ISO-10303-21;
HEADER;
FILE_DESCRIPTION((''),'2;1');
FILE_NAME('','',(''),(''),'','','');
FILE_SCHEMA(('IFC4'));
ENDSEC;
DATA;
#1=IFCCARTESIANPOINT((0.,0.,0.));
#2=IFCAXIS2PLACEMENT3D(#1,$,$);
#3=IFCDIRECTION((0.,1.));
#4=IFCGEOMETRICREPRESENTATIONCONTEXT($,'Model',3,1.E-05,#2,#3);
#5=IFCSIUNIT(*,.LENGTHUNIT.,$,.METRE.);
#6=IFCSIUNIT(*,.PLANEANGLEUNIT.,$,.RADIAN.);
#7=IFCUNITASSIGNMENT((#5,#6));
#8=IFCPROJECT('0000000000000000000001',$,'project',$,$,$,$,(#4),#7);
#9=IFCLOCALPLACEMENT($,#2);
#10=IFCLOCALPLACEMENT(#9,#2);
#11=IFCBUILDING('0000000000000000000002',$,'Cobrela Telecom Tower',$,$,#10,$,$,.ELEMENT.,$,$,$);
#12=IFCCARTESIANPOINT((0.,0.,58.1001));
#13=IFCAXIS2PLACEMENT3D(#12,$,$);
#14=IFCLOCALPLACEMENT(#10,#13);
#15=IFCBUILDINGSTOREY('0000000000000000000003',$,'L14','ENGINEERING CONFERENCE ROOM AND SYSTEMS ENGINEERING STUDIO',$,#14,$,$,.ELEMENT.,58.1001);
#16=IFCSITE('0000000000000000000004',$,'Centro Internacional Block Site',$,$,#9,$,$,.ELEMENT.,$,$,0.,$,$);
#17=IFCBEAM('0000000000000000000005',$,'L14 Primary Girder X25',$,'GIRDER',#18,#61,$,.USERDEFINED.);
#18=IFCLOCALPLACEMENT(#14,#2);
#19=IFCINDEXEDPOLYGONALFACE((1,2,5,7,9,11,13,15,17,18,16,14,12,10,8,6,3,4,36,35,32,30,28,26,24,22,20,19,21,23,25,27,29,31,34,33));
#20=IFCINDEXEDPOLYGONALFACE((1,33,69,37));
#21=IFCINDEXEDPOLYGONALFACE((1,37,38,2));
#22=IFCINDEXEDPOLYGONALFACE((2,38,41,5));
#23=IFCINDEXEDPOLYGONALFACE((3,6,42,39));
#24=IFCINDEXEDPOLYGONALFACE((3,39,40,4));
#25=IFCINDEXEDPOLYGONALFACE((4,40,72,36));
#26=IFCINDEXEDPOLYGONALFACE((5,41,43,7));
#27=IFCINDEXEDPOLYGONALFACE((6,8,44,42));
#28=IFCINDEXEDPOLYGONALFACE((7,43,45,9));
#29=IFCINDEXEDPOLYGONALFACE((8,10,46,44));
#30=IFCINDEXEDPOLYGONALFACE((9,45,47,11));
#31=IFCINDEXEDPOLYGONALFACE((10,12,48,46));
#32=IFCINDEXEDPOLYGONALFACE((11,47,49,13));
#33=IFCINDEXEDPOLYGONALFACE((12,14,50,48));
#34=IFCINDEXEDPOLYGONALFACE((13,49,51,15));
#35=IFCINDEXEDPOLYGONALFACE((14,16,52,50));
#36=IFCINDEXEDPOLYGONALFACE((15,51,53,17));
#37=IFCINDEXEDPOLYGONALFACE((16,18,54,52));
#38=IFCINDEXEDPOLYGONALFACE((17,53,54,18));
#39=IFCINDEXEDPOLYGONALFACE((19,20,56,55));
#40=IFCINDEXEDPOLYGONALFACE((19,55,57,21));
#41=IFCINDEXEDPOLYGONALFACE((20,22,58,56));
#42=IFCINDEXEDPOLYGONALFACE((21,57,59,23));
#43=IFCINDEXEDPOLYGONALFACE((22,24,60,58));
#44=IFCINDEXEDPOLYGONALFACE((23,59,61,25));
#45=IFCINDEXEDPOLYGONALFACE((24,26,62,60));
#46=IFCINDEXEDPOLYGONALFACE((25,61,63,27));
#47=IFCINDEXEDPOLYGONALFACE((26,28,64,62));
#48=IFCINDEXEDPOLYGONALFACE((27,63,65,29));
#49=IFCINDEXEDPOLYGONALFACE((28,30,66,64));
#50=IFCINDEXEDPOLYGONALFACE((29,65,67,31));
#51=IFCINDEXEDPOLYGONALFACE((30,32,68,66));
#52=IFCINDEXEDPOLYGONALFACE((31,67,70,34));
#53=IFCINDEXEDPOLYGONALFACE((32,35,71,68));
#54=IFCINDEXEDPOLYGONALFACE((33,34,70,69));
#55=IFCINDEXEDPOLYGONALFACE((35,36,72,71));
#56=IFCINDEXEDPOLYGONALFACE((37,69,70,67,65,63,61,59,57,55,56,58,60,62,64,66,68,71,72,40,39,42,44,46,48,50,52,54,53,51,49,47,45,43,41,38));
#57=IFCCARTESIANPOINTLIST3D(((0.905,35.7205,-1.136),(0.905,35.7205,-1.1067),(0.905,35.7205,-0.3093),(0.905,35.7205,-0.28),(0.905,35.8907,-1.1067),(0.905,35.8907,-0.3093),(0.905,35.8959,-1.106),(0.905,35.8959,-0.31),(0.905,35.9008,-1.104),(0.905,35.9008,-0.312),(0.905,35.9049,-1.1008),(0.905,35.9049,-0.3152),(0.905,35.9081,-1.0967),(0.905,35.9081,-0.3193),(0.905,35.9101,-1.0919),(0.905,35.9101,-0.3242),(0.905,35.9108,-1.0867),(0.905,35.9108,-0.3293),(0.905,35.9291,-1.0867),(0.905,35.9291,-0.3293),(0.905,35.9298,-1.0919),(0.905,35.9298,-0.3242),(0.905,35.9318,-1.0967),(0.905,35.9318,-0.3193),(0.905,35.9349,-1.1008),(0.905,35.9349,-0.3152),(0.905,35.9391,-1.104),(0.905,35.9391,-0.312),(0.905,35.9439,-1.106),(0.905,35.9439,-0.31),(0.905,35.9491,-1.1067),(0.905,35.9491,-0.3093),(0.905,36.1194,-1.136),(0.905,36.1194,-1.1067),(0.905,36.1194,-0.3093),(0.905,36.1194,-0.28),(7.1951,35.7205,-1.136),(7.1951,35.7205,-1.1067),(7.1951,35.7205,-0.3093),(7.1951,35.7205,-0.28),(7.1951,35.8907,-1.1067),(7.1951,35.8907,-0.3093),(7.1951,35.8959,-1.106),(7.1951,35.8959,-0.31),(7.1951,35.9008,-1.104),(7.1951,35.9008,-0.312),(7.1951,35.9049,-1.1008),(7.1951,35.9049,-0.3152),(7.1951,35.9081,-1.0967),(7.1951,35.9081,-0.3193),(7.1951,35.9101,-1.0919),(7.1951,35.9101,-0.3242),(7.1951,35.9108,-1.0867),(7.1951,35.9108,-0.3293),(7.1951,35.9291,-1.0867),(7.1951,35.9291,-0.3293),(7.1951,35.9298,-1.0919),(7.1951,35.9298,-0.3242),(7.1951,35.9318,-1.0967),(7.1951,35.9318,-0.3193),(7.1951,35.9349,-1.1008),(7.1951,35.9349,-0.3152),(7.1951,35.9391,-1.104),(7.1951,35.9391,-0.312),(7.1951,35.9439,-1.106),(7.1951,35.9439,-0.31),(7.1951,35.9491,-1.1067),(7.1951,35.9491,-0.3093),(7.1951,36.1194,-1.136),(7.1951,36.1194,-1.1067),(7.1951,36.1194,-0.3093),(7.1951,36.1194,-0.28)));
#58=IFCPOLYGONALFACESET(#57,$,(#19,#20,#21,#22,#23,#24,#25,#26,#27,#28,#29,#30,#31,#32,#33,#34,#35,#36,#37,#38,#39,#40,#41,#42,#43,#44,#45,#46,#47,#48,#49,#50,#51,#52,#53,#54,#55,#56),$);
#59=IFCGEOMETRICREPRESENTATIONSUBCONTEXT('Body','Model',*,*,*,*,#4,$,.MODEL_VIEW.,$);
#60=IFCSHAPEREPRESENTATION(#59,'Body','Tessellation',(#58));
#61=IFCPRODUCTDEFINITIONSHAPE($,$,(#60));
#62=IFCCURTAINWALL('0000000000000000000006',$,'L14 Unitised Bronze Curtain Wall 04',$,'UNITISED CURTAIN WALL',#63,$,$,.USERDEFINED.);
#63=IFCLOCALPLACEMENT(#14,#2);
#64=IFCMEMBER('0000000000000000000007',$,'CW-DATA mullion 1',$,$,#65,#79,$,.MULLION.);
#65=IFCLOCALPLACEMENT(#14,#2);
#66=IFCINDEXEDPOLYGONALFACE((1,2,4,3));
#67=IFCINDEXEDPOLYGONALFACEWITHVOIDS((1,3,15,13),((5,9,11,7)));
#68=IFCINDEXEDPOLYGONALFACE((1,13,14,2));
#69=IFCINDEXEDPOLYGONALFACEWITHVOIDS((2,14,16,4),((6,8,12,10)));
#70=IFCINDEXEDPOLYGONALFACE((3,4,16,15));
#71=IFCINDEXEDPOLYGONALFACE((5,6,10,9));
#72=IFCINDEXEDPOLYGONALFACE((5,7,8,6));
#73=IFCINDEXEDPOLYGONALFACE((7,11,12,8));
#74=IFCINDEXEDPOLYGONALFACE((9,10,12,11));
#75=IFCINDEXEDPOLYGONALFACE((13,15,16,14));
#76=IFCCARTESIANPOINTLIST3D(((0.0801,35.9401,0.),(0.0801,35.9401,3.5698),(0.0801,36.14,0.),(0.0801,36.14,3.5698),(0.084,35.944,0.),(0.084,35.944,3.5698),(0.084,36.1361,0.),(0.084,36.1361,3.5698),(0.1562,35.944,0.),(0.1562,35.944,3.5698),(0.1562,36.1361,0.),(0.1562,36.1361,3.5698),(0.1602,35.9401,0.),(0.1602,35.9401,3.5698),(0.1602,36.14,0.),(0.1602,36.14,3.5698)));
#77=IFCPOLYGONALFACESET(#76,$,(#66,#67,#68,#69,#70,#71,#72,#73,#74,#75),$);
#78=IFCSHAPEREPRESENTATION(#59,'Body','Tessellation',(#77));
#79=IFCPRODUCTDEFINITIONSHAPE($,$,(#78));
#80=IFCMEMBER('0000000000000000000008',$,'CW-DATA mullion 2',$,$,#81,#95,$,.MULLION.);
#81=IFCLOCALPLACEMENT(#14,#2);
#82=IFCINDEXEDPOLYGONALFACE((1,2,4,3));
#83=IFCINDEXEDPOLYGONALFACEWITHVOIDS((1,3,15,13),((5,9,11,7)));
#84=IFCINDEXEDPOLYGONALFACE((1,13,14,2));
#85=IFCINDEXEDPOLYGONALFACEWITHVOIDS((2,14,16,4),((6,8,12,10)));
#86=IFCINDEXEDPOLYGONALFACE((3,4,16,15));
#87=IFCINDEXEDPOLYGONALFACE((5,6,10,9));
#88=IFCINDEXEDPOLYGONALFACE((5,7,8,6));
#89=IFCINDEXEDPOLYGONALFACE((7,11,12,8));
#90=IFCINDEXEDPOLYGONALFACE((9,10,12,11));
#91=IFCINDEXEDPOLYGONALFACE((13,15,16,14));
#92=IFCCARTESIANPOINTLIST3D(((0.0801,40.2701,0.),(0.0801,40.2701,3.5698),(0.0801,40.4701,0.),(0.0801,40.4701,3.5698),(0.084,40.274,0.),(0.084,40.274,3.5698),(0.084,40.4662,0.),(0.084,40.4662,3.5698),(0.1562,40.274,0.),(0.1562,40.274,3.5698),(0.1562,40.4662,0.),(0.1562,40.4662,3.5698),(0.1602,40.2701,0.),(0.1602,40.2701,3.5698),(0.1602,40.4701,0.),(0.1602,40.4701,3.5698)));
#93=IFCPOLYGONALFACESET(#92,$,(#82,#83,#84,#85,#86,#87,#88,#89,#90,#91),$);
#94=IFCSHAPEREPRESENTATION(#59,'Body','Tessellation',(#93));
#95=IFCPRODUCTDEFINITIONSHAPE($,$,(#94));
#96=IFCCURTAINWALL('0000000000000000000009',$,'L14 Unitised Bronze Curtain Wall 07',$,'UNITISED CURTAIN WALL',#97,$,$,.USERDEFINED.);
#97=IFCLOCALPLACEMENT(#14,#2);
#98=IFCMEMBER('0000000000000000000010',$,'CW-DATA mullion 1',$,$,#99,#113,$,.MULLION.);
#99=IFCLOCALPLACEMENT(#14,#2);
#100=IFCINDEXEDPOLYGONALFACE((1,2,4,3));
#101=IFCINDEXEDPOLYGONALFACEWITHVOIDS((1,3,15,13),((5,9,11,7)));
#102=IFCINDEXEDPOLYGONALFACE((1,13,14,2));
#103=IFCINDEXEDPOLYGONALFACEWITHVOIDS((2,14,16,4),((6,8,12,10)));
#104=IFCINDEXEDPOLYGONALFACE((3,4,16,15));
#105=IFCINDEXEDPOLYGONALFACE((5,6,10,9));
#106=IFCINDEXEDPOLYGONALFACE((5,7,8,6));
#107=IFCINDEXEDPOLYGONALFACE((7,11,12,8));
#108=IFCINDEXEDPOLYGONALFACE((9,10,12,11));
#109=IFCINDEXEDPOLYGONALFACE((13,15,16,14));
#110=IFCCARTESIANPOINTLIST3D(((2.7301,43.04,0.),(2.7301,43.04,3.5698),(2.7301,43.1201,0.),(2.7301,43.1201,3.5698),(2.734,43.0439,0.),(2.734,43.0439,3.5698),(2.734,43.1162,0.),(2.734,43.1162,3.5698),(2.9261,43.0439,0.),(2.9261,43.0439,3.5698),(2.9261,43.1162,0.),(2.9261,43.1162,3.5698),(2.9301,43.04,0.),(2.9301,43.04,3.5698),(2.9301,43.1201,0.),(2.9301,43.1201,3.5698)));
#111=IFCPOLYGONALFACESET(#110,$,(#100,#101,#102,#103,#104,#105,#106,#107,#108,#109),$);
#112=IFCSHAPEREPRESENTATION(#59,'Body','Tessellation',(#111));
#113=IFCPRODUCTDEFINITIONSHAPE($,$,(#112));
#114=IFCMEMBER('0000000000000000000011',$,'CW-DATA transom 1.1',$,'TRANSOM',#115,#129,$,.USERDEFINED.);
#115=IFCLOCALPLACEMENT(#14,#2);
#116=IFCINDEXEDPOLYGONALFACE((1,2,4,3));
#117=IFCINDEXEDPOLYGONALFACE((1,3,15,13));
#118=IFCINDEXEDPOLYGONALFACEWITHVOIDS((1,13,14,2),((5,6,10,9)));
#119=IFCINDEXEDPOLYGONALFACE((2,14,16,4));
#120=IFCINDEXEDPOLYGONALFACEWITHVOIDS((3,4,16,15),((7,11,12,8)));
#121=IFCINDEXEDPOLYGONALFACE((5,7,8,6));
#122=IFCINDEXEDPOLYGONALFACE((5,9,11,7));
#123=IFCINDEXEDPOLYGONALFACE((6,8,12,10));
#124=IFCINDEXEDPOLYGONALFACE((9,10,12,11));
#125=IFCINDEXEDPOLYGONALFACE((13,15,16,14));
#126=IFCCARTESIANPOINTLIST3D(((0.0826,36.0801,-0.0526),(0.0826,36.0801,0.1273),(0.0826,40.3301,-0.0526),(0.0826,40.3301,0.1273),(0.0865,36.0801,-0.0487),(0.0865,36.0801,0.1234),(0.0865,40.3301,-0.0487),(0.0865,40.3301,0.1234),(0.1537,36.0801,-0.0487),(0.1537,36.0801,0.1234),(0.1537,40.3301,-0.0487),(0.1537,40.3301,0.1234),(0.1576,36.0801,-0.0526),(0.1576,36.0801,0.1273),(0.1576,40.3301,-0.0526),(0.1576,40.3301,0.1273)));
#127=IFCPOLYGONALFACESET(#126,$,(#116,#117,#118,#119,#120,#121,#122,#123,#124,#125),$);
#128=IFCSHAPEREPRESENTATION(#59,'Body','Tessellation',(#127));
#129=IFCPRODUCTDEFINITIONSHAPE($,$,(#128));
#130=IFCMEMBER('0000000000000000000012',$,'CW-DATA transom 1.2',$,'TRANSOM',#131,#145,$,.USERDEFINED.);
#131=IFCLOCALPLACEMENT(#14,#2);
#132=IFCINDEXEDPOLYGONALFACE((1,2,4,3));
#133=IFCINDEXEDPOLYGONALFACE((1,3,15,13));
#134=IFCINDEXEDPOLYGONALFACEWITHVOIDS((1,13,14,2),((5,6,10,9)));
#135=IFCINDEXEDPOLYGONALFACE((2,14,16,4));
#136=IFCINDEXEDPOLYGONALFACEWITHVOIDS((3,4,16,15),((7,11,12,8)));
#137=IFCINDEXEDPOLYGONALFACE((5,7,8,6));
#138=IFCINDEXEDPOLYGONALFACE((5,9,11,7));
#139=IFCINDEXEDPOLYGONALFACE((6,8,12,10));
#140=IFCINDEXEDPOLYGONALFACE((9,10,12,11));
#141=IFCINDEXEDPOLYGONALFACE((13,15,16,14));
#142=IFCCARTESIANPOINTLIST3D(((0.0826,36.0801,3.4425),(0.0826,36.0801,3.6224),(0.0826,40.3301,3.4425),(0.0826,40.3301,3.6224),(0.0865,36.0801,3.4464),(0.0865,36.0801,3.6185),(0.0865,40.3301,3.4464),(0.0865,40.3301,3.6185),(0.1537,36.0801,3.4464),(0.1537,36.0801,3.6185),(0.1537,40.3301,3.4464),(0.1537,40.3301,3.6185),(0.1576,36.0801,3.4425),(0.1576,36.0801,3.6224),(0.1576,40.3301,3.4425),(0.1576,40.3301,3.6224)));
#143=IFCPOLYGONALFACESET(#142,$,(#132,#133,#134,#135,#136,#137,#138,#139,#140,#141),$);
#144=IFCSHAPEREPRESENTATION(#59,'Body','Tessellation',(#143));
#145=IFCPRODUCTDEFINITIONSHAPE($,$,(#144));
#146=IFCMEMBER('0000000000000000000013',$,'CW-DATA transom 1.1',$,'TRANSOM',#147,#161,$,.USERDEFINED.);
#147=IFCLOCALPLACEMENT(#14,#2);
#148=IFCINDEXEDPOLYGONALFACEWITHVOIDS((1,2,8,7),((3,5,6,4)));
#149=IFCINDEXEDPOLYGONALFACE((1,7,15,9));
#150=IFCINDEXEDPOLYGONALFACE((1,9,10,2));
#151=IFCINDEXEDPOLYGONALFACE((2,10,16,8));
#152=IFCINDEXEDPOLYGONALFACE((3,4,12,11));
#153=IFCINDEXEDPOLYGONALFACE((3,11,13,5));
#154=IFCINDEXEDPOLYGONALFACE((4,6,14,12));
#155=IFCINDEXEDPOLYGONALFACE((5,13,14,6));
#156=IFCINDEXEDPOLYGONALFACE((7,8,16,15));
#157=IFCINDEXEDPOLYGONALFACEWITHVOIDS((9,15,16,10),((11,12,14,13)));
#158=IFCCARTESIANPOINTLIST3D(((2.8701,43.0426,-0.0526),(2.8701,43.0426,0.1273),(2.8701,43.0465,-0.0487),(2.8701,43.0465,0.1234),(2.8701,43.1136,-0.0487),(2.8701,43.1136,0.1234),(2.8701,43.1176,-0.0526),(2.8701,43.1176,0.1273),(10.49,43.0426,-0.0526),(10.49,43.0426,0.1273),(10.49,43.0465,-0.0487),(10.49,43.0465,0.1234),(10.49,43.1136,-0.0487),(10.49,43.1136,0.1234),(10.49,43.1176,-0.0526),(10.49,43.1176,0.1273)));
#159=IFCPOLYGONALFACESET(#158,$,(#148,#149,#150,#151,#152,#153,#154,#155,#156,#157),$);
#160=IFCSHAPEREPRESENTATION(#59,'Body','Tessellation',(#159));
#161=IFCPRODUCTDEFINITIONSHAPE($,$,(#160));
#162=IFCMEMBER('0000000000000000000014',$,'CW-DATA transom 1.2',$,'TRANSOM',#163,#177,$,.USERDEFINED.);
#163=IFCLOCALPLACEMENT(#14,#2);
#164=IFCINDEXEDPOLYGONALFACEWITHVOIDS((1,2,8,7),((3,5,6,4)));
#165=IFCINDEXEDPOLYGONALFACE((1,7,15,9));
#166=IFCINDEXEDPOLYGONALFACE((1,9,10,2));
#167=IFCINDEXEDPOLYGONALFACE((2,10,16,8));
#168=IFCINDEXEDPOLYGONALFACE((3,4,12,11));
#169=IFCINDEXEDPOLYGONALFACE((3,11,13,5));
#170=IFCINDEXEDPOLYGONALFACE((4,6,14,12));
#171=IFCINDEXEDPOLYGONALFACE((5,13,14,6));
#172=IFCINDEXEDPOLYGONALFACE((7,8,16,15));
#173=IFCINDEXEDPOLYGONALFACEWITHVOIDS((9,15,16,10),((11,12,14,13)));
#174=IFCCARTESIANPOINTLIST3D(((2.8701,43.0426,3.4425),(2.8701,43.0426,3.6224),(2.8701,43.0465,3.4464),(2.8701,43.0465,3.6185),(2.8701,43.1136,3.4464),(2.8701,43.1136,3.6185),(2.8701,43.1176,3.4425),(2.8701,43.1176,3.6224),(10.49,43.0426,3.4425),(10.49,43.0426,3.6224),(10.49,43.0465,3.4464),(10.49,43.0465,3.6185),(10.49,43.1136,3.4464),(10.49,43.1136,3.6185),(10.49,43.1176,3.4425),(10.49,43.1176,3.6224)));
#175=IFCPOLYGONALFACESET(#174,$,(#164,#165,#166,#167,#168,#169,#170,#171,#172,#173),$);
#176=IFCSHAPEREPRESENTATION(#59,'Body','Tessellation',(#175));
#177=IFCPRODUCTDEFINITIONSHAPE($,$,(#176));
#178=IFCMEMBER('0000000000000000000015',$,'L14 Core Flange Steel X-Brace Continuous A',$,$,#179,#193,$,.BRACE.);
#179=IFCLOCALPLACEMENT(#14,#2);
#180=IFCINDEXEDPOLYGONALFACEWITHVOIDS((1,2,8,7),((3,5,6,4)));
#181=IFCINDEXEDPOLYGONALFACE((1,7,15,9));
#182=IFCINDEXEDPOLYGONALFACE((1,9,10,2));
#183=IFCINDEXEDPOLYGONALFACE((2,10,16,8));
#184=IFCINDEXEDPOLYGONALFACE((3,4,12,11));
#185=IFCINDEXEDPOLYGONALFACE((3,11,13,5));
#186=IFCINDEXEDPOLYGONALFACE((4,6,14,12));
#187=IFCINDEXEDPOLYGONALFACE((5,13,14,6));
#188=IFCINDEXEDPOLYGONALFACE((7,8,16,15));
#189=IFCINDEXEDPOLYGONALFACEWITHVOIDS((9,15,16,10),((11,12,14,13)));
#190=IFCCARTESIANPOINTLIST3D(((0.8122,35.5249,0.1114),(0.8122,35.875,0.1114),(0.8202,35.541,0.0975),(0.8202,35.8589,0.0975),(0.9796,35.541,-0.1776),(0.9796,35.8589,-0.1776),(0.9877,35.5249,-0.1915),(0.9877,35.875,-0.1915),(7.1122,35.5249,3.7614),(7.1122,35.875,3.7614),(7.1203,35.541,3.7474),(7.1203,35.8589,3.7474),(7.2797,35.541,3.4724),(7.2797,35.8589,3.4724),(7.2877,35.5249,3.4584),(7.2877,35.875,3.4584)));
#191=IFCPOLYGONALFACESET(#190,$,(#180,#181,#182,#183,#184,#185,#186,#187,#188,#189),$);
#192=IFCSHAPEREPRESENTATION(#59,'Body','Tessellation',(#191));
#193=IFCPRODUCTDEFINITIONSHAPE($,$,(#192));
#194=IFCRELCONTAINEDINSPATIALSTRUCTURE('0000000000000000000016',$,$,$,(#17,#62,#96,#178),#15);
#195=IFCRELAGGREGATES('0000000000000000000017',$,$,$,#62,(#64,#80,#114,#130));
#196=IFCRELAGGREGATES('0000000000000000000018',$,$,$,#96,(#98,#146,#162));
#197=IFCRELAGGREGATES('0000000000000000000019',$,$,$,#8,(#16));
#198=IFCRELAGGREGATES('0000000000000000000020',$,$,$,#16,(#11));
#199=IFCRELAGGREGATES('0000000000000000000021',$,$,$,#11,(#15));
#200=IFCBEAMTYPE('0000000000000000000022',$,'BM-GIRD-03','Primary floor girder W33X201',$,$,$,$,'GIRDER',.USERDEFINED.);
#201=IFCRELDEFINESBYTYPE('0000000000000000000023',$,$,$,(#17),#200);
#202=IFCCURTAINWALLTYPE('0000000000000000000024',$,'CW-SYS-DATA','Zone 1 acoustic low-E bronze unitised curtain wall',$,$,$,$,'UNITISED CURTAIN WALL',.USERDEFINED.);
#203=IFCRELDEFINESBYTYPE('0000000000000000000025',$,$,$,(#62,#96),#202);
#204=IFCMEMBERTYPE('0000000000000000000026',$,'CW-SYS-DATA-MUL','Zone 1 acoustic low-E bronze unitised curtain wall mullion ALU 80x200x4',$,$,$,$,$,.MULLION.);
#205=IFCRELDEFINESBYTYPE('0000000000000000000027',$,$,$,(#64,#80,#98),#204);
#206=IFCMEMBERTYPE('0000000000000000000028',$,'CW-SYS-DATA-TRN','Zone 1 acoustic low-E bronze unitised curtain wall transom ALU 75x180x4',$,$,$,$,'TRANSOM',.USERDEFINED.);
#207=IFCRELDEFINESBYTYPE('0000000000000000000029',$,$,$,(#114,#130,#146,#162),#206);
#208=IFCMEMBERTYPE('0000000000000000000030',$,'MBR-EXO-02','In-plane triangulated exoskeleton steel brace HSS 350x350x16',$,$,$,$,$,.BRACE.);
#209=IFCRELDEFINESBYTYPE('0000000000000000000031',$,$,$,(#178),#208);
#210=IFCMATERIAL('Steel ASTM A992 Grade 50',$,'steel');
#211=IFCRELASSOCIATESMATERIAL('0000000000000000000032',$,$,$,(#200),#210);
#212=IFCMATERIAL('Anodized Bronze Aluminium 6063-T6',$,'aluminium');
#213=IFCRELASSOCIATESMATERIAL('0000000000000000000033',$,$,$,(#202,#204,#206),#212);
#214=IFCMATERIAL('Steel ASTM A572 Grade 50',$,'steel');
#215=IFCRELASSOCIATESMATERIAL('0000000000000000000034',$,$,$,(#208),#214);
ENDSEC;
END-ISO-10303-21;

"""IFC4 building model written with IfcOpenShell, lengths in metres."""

from ifc_helpers import new_model, si_unit, direction, frame, origin, origin_2d, place, context, subcontext, project, spatial, hollow_rectangle, i_section, extrude, material, material_profile, profile_set, type_object, element, aggregate, save


model = new_model("IFC4")

# Units and contexts
model_context = context("Model", 3, precision=1e-05, world=origin(), true_north=direction((0.0, 1.0)))
body_context = subcontext(model_context, "Body", "Model", "MODEL_VIEW")
ifc_project = project(units=[si_unit("LENGTHUNIT", "METRE"), si_unit("PLANEANGLEUNIT", "RADIAN")], contexts=[model_context])

# Site, building, storey
site_placement = place(None, origin())
site = spatial("IfcSite", under=ifc_project, at=site_placement, Name="Centro Internacional Block Site", CompositionType="ELEMENT", RefElevation=0.0)
building_placement = place(site_placement, origin())
building = spatial("IfcBuilding", under=site, at=building_placement, Name="Cobrela Telecom Tower", CompositionType="ELEMENT")
storey_placement = place(building_placement, frame((0.0, 0.0, 58.1001)))
storey = spatial("IfcBuildingStorey", under=building, at=storey_placement, Name="L14", Description="ENGINEERING CONFERENCE ROOM AND SYSTEMS ENGINEERING STUDIO", CompositionType="ELEMENT", Elevation=58.1001)

# Beam
ifc_material_1 = material(Name="Steel ASTM A992 Grade 50", Category="steel")
ifc_material_profile_1 = material_profile(ifc_material_1, i_section(OverallWidth=0.3989, OverallDepth=0.856, WebThickness=0.0183, FlangeThickness=0.0293, FilletRadius=0.02, at=origin_2d()), Name="W33X201")
ifc_profile_set_1 = profile_set([ifc_material_profile_1], Name="Steel ASTM A992 Grade 50")
beam_type = type_object("IfcBeamType", Name="BM-GIRD-03", Description="Primary floor girder W33X201", ElementType="GIRDER", PredefinedType="USERDEFINED", material=ifc_profile_set_1)
beam_placement = place(storey_placement, frame((0.905, 35.9199, -0.708), z_axis=(1.0, 0.0, 0.0), x_axis=(0.0, 1.0, 0.0)))
element("IfcBeam", 1, at=beam_placement, inside=storey, type_object=beam_type, Name="L14 Primary Girder X25", ObjectType="GIRDER", PredefinedType="USERDEFINED", context=body_context, shape_type="SweptSolid", body=[
    extrude(i_section(OverallWidth=0.3989, OverallDepth=0.856, WebThickness=0.0183, FlangeThickness=0.0293, FilletRadius=0.02, at=origin_2d()), origin(), (0.0, 0.0, 1.0), 6.29),
])

# Curtain wall, members
ifc_material_2 = material(Name="Anodized Bronze Aluminium 6063-T6", Category="aluminium")
curtain_wall_type = type_object("IfcCurtainWallType", Name="CW-SYS-DATA", Description="Zone 1 acoustic low-E bronze unitised curtain wall", ElementType="UNITISED CURTAIN WALL", PredefinedType="USERDEFINED", material=ifc_material_2)
curtain_wall_1_placement = place(storey_placement, origin())
curtain_wall_1 = element("IfcCurtainWall", 2, at=curtain_wall_1_placement, inside=storey, type_object=curtain_wall_type, Name="L14 Unitised Bronze Curtain Wall 04", ObjectType="UNITISED CURTAIN WALL", PredefinedType="USERDEFINED")
ifc_material_profile_2 = material_profile(ifc_material_2, hollow_rectangle(XDim=0.0801, YDim=0.2, WallThickness=0.0039, at=origin_2d()), Name="ALU 80x200x4")
ifc_profile_set_2 = profile_set([ifc_material_profile_2], Name="Anodized Bronze Aluminium 6063-T6")
member_type_1 = type_object("IfcMemberType", Name="CW-SYS-DATA-MUL", Description="Zone 1 acoustic low-E bronze unitised curtain wall mullion ALU 80x200x4", PredefinedType="MULLION", material=ifc_profile_set_2)
member_1_placement = place(storey_placement, frame((0.1201, 36.04, 0.0), z_axis=(0.0, 0.0, 1.0), x_axis=(-1.0, 0.0, 0.0)))
member_1 = element("IfcMember", 3, at=member_1_placement, type_object=member_type_1, Name="CW-DATA mullion 1", PredefinedType="MULLION", context=body_context, shape_type="SweptSolid", body=[
    extrude(hollow_rectangle(XDim=0.0801, YDim=0.2, WallThickness=0.0039, at=origin_2d()), origin(), (0.0, 0.0, 1.0), 3.5698),
])
member_2_placement = place(storey_placement, frame((0.1201, 40.3701, 0.0), z_axis=(0.0, 0.0, 1.0), x_axis=(-1.0, 0.0, 0.0)))
member_2 = element("IfcMember", 4, at=member_2_placement, type_object=member_type_1, Name="CW-DATA mullion 2", PredefinedType="MULLION", context=body_context, shape_type="SweptSolid", body=[
    extrude(hollow_rectangle(XDim=0.0801, YDim=0.2, WallThickness=0.0039, at=origin_2d()), origin(), (0.0, 0.0, 1.0), 3.5698),
])

# Curtain wall, member
curtain_wall_2_placement = place(storey_placement, origin())
curtain_wall_2 = element("IfcCurtainWall", 5, at=curtain_wall_2_placement, inside=storey, type_object=curtain_wall_type, Name="L14 Unitised Bronze Curtain Wall 07", ObjectType="UNITISED CURTAIN WALL", PredefinedType="USERDEFINED")
member_3_placement = place(storey_placement, frame((2.8301, 43.0801, 0.0), z_axis=(0.0, 0.0, 1.0), x_axis=(0.0, 1.0, 0.0)))
member_3 = element("IfcMember", 6, at=member_3_placement, type_object=member_type_1, Name="CW-DATA mullion 1", PredefinedType="MULLION", context=body_context, shape_type="SweptSolid", body=[
    extrude(hollow_rectangle(XDim=0.0801, YDim=0.2, WallThickness=0.0039, at=origin_2d()), origin(), (0.0, 0.0, 1.0), 3.5698),
])

# Members
ifc_material_profile_3 = material_profile(ifc_material_2, hollow_rectangle(XDim=0.075, YDim=0.1799, WallThickness=0.0039, at=origin_2d()), Name="ALU 75x180x4")
ifc_profile_set_3 = profile_set([ifc_material_profile_3], Name="Anodized Bronze Aluminium 6063-T6")
member_type_2 = type_object("IfcMemberType", Name="CW-SYS-DATA-TRN", Description="Zone 1 acoustic low-E bronze unitised curtain wall transom ALU 75x180x4", ElementType="TRANSOM", PredefinedType="USERDEFINED", material=ifc_profile_set_3)
member_4_placement = place(storey_placement, frame((0.1201, 36.0801, 0.0374), z_axis=(0.0, 1.0, 0.0), x_axis=(-1.0, 0.0, 0.0)))
member_4 = element("IfcMember", 7, at=member_4_placement, type_object=member_type_2, Name="CW-DATA transom 1.1", ObjectType="TRANSOM", PredefinedType="USERDEFINED", context=body_context, shape_type="SweptSolid", body=[
    extrude(hollow_rectangle(XDim=0.075, YDim=0.1799, WallThickness=0.0039, at=origin_2d()), origin(), (0.0, 0.0, 1.0), 4.25),
])
member_5_placement = place(storey_placement, frame((0.1201, 36.0801, 3.5325), z_axis=(0.0, 1.0, 0.0), x_axis=(-1.0, 0.0, 0.0)))
member_5 = element("IfcMember", 8, at=member_5_placement, type_object=member_type_2, Name="CW-DATA transom 1.2", ObjectType="TRANSOM", PredefinedType="USERDEFINED", context=body_context, shape_type="SweptSolid", body=[
    extrude(hollow_rectangle(XDim=0.075, YDim=0.1799, WallThickness=0.0039, at=origin_2d()), origin(), (0.0, 0.0, 1.0), 4.25),
])
member_6_placement = place(storey_placement, frame((2.8701, 43.0801, 0.0374), z_axis=(1.0, 0.0, 0.0), x_axis=(0.0, 1.0, 0.0)))
member_6 = element("IfcMember", 9, at=member_6_placement, type_object=member_type_2, Name="CW-DATA transom 1.1", ObjectType="TRANSOM", PredefinedType="USERDEFINED", context=body_context, shape_type="SweptSolid", body=[
    extrude(hollow_rectangle(XDim=0.075, YDim=0.1799, WallThickness=0.0039, at=origin_2d()), origin(), (0.0, 0.0, 1.0), 7.6199),
])
member_7_placement = place(storey_placement, frame((2.8701, 43.0801, 3.5325), z_axis=(1.0, 0.0, 0.0), x_axis=(0.0, 1.0, 0.0)))
member_7 = element("IfcMember", 10, at=member_7_placement, type_object=member_type_2, Name="CW-DATA transom 1.2", ObjectType="TRANSOM", PredefinedType="USERDEFINED", context=body_context, shape_type="SweptSolid", body=[
    extrude(hollow_rectangle(XDim=0.075, YDim=0.1799, WallThickness=0.0039, at=origin_2d()), origin(), (0.0, 0.0, 1.0), 7.6199),
])

# Member
ifc_material_3 = material(Name="Steel ASTM A572 Grade 50", Category="steel")
ifc_material_profile_4 = material_profile(ifc_material_3, hollow_rectangle(XDim=0.3501, YDim=0.3501, WallThickness=0.0161, at=origin_2d()), Name="HSS 350x350x16")
ifc_profile_set_4 = profile_set([ifc_material_profile_4], Name="Steel ASTM A572 Grade 50")
member_type_3 = type_object("IfcMemberType", Name="MBR-EXO-02", Description="In-plane triangulated exoskeleton steel brace HSS 350x350x16", PredefinedType="BRACE", material=ifc_profile_set_4)
member_8_placement = place(storey_placement, frame((0.8999, 35.7, -0.04), z_axis=(0.865277, 0.0, 0.501294), x_axis=(0.0, 1.0, 0.0)))
element("IfcMember", 11, at=member_8_placement, inside=storey, type_object=member_type_3, Name="L14 Core Flange Steel X-Brace Continuous A", PredefinedType="BRACE", context=body_context, shape_type="SweptSolid", body=[
    extrude(hollow_rectangle(XDim=0.3501, YDim=0.3501, WallThickness=0.0161, at=origin_2d()), origin(), (0.0, 0.0, 1.0), 7.281),
])

aggregate(curtain_wall_1, [member_1, member_2, member_4, member_5])
aggregate(curtain_wall_2, [member_3, member_6, member_7])

save(model, "model.ifc")
